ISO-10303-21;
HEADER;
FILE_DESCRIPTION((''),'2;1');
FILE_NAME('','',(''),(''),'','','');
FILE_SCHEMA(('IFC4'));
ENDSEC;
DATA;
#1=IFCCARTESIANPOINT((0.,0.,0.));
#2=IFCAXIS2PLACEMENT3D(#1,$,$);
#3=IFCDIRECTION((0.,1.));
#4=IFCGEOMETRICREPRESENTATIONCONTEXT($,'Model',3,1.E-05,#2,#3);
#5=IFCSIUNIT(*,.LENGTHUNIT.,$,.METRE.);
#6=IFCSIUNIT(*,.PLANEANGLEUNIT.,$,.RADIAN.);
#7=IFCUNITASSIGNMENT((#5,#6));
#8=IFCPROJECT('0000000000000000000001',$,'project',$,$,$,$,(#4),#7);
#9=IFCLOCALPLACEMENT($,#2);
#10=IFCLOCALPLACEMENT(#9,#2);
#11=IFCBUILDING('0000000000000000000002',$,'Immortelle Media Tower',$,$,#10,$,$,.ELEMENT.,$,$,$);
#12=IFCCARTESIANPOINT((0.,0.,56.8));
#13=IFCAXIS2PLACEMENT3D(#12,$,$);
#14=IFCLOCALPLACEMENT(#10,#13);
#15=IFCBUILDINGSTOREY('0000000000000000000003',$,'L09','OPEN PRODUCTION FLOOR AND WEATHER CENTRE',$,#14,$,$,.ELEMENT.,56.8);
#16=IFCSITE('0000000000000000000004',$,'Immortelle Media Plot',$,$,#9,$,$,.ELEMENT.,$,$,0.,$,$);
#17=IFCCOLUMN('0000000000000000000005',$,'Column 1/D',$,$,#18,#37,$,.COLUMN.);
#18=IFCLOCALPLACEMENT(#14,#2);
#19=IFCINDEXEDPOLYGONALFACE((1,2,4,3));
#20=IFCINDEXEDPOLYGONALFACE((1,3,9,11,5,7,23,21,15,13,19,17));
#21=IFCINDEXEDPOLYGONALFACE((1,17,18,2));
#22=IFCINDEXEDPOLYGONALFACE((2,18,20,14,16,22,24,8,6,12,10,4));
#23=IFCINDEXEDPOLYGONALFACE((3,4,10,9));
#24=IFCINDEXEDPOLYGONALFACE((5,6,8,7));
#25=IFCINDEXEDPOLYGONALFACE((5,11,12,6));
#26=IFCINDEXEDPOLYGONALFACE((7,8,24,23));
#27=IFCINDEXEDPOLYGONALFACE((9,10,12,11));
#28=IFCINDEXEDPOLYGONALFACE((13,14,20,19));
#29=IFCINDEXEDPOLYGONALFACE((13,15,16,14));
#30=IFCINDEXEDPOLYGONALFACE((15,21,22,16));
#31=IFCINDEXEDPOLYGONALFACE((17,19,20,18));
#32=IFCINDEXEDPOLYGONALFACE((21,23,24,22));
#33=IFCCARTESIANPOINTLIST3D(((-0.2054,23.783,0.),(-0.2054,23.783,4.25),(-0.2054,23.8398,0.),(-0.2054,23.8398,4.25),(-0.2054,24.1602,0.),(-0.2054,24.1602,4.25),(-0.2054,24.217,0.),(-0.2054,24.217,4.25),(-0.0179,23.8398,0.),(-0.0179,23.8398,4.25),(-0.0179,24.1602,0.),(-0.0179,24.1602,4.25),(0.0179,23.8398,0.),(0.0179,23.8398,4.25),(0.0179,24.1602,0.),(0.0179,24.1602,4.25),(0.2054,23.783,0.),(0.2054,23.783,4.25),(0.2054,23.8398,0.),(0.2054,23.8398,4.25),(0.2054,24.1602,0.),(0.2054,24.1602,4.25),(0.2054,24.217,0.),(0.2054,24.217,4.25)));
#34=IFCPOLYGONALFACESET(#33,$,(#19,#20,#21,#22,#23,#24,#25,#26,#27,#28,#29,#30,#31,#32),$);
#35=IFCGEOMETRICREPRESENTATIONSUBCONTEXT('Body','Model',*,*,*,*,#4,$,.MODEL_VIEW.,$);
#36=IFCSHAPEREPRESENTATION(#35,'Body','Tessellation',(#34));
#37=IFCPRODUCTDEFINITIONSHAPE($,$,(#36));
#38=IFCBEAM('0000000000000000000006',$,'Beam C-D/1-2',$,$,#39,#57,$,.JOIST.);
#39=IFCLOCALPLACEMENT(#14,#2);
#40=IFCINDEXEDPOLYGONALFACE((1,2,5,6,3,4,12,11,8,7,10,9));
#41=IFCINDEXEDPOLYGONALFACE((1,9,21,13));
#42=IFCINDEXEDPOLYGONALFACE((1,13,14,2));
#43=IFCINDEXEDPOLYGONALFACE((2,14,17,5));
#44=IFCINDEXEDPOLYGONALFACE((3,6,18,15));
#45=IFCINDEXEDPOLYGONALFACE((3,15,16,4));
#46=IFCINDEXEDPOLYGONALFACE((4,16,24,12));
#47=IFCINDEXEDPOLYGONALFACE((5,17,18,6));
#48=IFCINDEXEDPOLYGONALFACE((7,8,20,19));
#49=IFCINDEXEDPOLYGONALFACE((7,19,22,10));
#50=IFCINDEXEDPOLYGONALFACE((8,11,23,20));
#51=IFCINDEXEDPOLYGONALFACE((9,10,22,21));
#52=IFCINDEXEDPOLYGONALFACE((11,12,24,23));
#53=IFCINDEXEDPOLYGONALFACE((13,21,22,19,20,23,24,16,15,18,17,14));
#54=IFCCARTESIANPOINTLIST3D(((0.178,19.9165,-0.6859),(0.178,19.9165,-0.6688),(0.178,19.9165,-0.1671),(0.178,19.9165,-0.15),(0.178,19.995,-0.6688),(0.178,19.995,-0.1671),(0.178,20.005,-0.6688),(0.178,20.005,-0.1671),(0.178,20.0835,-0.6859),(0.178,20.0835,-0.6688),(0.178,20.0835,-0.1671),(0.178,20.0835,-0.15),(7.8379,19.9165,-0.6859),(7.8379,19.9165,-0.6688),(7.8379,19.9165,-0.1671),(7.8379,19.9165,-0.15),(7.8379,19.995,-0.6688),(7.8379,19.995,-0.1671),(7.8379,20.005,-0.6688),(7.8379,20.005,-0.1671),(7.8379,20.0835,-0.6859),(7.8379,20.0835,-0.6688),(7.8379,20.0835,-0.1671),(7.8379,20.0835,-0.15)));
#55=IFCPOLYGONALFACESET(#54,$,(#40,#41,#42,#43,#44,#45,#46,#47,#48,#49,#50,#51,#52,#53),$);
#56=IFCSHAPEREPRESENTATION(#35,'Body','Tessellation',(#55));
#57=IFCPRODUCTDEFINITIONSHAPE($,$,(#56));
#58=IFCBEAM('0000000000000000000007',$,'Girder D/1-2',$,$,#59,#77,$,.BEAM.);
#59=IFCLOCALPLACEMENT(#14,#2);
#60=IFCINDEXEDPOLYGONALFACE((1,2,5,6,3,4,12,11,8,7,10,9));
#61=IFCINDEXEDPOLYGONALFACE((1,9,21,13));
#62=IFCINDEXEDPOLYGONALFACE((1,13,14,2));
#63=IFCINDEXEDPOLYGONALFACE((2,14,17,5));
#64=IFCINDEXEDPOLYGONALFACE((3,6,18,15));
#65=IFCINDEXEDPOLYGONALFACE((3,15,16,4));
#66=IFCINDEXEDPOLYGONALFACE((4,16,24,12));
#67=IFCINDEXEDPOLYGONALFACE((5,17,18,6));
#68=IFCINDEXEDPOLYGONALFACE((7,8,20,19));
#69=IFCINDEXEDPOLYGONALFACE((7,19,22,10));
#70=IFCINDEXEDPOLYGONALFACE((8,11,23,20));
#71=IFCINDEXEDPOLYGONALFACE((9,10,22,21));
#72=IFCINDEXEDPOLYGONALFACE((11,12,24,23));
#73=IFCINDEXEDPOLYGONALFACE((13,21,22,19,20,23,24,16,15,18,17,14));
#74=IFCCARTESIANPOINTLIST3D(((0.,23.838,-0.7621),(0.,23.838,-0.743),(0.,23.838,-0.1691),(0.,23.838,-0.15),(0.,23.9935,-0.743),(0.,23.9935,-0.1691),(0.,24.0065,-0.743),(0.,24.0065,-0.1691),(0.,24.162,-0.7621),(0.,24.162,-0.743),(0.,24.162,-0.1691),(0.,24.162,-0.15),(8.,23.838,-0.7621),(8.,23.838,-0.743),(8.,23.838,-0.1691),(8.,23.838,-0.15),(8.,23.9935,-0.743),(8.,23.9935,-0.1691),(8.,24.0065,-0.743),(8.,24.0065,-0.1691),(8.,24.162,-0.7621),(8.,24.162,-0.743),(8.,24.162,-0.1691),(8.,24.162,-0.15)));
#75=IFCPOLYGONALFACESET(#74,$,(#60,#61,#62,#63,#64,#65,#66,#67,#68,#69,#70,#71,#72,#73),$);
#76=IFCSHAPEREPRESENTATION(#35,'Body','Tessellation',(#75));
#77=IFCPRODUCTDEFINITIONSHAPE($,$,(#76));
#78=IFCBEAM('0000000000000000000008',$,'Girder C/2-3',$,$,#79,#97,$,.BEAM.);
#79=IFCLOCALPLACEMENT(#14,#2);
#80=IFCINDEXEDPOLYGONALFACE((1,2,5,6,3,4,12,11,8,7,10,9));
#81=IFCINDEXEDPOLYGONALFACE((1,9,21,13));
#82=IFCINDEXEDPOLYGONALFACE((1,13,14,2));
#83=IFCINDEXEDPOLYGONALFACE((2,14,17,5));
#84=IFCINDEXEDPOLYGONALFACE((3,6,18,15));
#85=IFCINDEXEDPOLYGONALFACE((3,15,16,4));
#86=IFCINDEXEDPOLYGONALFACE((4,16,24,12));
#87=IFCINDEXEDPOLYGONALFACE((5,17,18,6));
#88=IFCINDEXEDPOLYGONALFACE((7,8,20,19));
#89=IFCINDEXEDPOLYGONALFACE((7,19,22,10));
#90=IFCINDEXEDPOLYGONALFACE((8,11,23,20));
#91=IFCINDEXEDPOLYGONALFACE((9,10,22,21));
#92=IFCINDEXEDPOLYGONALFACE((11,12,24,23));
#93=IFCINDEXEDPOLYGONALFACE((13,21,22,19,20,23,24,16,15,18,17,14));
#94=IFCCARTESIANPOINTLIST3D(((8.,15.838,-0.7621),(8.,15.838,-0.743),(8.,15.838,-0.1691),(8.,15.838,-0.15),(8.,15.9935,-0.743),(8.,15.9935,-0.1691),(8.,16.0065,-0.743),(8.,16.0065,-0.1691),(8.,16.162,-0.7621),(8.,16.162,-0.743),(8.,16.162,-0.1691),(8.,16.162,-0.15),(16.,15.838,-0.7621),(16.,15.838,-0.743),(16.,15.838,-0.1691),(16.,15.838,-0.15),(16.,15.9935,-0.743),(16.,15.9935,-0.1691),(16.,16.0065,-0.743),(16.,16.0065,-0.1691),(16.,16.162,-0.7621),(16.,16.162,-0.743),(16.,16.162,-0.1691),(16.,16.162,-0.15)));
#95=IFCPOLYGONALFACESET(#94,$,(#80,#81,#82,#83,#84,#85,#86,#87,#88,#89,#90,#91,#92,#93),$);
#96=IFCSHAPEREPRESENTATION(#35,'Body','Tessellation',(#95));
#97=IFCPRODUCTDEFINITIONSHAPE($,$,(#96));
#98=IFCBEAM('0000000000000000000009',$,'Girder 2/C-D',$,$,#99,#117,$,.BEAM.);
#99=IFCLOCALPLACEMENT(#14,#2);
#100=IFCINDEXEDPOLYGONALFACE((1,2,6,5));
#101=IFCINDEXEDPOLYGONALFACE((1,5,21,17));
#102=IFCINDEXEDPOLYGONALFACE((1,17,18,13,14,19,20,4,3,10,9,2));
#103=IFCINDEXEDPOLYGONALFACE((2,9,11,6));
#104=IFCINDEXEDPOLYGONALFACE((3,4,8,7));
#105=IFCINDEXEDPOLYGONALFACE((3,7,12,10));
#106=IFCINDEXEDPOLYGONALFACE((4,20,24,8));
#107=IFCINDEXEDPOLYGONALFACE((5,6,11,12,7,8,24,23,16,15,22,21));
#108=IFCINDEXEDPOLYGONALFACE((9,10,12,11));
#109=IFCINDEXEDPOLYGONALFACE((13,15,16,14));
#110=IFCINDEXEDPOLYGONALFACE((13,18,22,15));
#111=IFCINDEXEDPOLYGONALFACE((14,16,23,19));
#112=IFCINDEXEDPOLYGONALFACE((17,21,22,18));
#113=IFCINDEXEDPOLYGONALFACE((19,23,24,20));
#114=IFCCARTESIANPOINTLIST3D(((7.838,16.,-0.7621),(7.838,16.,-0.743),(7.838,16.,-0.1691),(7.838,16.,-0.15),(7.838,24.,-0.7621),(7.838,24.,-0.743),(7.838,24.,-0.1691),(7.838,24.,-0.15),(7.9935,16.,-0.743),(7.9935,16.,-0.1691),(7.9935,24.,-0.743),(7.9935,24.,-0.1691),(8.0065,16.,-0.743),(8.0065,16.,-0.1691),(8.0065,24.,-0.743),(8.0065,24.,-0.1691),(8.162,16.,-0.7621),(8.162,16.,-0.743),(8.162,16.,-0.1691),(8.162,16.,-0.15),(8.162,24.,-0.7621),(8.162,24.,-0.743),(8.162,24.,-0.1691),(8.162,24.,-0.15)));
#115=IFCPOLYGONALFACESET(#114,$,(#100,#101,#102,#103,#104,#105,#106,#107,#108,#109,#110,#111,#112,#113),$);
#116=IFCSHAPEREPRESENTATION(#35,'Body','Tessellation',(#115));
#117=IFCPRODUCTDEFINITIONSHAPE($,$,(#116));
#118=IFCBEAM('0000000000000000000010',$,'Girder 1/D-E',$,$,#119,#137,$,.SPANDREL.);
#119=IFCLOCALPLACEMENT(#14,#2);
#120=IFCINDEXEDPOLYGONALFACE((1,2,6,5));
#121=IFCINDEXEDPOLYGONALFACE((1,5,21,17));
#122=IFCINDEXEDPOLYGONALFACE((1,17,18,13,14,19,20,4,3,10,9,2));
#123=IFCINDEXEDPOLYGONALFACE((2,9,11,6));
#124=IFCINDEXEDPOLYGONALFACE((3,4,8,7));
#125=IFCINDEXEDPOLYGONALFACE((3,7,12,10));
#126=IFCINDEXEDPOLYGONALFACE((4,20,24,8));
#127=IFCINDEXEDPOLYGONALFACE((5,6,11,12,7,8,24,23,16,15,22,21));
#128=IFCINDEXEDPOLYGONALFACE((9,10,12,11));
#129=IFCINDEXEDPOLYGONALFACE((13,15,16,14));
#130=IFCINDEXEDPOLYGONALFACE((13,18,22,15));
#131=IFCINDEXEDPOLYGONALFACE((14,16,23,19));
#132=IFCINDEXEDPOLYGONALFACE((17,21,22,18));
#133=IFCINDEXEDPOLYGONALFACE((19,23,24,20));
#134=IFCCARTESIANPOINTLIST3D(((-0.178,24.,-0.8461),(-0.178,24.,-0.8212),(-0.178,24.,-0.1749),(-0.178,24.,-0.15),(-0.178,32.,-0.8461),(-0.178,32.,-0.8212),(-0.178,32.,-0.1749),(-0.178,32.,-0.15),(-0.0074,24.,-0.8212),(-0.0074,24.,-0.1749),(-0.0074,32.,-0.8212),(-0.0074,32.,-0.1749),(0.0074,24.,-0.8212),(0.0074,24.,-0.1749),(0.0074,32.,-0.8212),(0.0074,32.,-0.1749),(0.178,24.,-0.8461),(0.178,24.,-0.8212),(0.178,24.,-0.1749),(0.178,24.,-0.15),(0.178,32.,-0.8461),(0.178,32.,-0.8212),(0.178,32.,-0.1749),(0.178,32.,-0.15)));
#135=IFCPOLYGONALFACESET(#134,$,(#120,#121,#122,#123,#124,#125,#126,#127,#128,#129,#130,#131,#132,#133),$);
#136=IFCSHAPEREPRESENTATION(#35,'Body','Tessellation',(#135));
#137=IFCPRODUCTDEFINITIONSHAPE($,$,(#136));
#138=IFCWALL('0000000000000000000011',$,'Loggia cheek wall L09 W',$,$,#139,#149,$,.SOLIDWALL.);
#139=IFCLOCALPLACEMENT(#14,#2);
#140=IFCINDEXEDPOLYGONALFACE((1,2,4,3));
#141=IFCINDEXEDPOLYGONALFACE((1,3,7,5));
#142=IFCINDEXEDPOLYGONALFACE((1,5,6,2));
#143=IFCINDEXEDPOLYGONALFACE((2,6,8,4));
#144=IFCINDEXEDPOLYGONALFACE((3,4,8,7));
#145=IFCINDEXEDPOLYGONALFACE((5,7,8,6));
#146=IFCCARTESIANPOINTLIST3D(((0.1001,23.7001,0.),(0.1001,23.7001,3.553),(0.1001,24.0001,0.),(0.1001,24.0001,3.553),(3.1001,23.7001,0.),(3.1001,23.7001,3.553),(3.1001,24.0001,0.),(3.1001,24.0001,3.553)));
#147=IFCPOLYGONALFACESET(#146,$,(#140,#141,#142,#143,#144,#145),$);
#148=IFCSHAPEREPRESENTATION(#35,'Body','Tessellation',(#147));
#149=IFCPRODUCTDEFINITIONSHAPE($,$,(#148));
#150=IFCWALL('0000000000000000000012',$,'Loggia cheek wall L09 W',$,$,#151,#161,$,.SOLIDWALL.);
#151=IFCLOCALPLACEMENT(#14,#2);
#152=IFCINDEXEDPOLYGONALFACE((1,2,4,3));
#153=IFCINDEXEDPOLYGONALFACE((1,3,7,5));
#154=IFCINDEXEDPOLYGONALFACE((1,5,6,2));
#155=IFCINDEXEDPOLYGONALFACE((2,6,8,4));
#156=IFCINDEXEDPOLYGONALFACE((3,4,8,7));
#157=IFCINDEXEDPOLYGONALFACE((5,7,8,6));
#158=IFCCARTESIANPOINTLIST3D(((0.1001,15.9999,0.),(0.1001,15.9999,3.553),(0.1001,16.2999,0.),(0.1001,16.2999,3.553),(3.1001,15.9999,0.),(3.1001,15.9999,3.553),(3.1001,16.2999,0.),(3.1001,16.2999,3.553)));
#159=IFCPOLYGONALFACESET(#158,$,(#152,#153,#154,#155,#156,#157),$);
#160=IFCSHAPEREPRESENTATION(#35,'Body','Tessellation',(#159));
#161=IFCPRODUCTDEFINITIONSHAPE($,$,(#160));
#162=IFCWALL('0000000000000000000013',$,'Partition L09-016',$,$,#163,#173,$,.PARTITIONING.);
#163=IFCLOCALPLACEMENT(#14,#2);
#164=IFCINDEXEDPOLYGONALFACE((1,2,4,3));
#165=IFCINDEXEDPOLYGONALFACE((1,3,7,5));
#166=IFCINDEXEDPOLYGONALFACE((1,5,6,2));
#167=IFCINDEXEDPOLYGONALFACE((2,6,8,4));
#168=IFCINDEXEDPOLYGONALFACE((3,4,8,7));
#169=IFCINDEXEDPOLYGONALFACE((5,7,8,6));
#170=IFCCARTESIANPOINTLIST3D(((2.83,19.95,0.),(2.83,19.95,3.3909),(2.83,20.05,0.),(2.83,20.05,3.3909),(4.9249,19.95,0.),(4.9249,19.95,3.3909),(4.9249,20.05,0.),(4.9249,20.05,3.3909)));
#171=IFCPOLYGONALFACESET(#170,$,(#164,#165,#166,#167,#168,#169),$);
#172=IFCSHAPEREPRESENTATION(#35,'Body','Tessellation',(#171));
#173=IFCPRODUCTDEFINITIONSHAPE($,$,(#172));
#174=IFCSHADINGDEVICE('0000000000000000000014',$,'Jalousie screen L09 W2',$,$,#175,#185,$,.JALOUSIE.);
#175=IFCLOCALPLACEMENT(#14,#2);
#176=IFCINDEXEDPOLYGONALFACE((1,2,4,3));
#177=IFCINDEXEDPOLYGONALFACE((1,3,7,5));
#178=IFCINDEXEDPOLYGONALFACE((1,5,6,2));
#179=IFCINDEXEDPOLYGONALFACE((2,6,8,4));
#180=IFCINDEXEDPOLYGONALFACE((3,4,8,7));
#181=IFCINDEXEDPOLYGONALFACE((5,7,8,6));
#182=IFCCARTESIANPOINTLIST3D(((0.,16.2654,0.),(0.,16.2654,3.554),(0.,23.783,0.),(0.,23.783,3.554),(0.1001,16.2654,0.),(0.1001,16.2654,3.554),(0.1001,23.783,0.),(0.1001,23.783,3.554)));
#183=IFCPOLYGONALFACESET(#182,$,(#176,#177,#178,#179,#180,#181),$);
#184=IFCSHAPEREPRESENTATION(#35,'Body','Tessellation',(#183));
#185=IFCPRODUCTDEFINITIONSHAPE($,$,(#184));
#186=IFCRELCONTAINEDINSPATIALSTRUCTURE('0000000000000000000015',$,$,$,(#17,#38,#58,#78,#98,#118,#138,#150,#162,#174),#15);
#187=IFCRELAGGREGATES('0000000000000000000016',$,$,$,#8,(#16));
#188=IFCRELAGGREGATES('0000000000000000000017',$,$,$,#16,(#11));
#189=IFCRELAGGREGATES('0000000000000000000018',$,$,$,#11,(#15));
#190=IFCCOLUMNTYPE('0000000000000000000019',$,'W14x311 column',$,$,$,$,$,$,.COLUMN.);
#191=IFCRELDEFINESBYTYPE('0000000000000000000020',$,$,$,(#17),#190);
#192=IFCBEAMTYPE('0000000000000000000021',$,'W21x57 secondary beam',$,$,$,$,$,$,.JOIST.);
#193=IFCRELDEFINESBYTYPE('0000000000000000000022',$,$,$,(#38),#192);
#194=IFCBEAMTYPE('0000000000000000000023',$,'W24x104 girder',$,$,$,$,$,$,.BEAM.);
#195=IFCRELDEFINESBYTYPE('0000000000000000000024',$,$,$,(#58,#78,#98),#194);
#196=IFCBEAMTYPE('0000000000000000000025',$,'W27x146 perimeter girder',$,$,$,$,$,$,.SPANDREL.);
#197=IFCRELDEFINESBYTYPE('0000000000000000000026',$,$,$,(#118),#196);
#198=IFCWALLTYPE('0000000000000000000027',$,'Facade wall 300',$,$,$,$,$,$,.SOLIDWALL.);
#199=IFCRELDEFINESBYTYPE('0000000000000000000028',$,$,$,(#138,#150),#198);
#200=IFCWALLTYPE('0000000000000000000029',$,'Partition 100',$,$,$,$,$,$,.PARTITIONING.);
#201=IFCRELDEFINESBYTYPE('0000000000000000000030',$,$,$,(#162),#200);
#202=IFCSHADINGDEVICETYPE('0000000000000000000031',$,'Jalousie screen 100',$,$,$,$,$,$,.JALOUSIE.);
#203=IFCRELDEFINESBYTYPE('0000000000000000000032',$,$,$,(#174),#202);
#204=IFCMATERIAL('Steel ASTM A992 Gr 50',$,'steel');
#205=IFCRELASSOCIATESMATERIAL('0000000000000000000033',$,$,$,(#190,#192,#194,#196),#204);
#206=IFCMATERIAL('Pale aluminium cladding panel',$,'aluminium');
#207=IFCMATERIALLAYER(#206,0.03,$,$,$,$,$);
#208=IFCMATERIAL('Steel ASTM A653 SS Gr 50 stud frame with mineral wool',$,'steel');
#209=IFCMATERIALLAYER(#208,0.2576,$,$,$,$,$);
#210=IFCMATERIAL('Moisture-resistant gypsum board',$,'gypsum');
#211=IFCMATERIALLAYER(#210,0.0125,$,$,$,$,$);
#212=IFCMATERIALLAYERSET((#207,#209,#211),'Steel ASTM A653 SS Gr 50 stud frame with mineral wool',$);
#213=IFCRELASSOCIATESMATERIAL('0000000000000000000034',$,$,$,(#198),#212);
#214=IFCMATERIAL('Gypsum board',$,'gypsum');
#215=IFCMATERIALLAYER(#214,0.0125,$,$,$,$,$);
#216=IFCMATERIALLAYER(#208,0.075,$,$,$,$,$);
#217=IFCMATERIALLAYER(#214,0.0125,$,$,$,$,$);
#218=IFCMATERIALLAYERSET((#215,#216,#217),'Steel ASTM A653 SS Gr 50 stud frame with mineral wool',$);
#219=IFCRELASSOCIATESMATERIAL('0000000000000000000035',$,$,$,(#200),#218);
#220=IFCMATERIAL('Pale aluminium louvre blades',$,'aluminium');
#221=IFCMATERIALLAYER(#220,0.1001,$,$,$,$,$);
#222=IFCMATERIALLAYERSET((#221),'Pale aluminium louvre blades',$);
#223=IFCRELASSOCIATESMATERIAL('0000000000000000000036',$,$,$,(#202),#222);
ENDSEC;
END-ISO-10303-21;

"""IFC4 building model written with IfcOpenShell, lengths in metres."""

from ifc_helpers import new_model, si_unit, direction, frame, frame_2d, origin, origin_2d, place, context, subcontext, project, spatial, rectangle, i_section, extrude, material, layer, layer_set, material_profile, profile_set, type_object, element, save


model = new_model("IFC4")

# Units and contexts
model_context = context("Model", 3, precision=1e-05, world=origin(), true_north=direction((0.0, 1.0)))
body_context = subcontext(model_context, "Body", "Model", "MODEL_VIEW")
ifc_project = project(units=[si_unit("LENGTHUNIT", "METRE"), si_unit("PLANEANGLEUNIT", "RADIAN")], contexts=[model_context])

# Site, building, storey
site_placement = place(None, origin())
site = spatial("IfcSite", under=ifc_project, at=site_placement, Name="Immortelle Media Plot", CompositionType="ELEMENT", RefElevation=0.0)
building_placement = place(site_placement, origin())
building = spatial("IfcBuilding", under=site, at=building_placement, Name="Immortelle Media Tower", CompositionType="ELEMENT")
storey_placement = place(building_placement, frame((0.0, 0.0, 56.8)))
storey = spatial("IfcBuildingStorey", under=building, at=storey_placement, Name="L09", Description="OPEN PRODUCTION FLOOR AND WEATHER CENTRE", CompositionType="ELEMENT", Elevation=56.8)

# Column
ifc_material_1 = material(Name="Steel ASTM A992 Gr 50", Category="steel")
ifc_material_profile_1 = material_profile(ifc_material_1, i_section(OverallWidth=0.4109, OverallDepth=0.4341, WebThickness=0.0359, FlangeThickness=0.0569, at=origin_2d()), Name="W14x311")
ifc_profile_set_1 = profile_set([ifc_material_profile_1], Name="Steel ASTM A992 Gr 50")
column_type = type_object("IfcColumnType", Name="W14x311 column", PredefinedType="COLUMN", material=ifc_profile_set_1)
column_placement = place(storey_placement, frame((0.0, 24.0, 0.0), z_axis=(0.0, 0.0, 1.0), x_axis=(1.0, 0.0, 0.0)))
element("IfcColumn", 1, at=column_placement, inside=storey, type_object=column_type, Name="Column 1/D", PredefinedType="COLUMN", context=body_context, shape_type="SweptSolid", body=[
    extrude(i_section(OverallWidth=0.4109, OverallDepth=0.4341, WebThickness=0.0359, FlangeThickness=0.0569, at=origin_2d()), origin(), (0.0, 0.0, 1.0), 4.25),
])

# Beams
ifc_material_profile_2 = material_profile(ifc_material_1, i_section(OverallWidth=0.167, OverallDepth=0.5359, WebThickness=0.01, FlangeThickness=0.0171, at=origin_2d()), Name="W21x57")
ifc_profile_set_2 = profile_set([ifc_material_profile_2], Name="Steel ASTM A992 Gr 50")
beam_type_1 = type_object("IfcBeamType", Name="W21x57 secondary beam", PredefinedType="JOIST", material=ifc_profile_set_2)
beam_1_placement = place(storey_placement, frame((0.178, 20.0, -0.418), z_axis=(1.0, 0.0, 0.0), x_axis=(0.0, 1.0, 0.0)))
element("IfcBeam", 2, at=beam_1_placement, inside=storey, type_object=beam_type_1, Name="Beam C-D/1-2", PredefinedType="JOIST", context=body_context, shape_type="SweptSolid", body=[
    extrude(i_section(OverallWidth=0.167, OverallDepth=0.5359, WebThickness=0.01, FlangeThickness=0.0171, at=origin_2d()), origin(), (0.0, 0.0, 1.0), 7.6599),
])
ifc_material_profile_3 = material_profile(ifc_material_1, i_section(OverallWidth=0.324, OverallDepth=0.6121, WebThickness=0.0129, FlangeThickness=0.019, at=origin_2d()), Name="W24x104")
ifc_profile_set_3 = profile_set([ifc_material_profile_3], Name="Steel ASTM A992 Gr 50")
beam_type_2 = type_object("IfcBeamType", Name="W24x104 girder", PredefinedType="BEAM", material=ifc_profile_set_3)
for number, where, z_axis, x_axis, name in (
    (3, (0.0, 24.0, -0.4561), (1.0, 0.0, 0.0), (0.0, 1.0, 0.0), "Girder D/1-2"),
    (4, (8.0, 16.0, -0.4561), (1.0, 0.0, 0.0), (0.0, 1.0, 0.0), "Girder C/2-3"),
    (5, (8.0, 16.0, -0.4561), (0.0, 1.0, 0.0), (-1.0, 0.0, 0.0), "Girder 2/C-D"),
):
    element("IfcBeam", number, at=place(storey_placement, frame(where, z_axis=z_axis, x_axis=x_axis)), inside=storey, type_object=beam_type_2, Name=name, PredefinedType="BEAM", context=body_context, shape_type="SweptSolid", body=[
        extrude(i_section(OverallWidth=0.324, OverallDepth=0.6121, WebThickness=0.0129, FlangeThickness=0.019, at=origin_2d()), origin(), (0.0, 0.0, 1.0), 8.0),
    ])
ifc_material_profile_4 = material_profile(ifc_material_1, i_section(OverallWidth=0.356, OverallDepth=0.696, WebThickness=0.0149, FlangeThickness=0.0249, at=origin_2d()), Name="W27x146")
ifc_profile_set_4 = profile_set([ifc_material_profile_4], Name="Steel ASTM A992 Gr 50")
beam_type_3 = type_object("IfcBeamType", Name="W27x146 perimeter girder", PredefinedType="SPANDREL", material=ifc_profile_set_4)
beam_2_placement = place(storey_placement, frame((0.0, 24.0, -0.498), z_axis=(0.0, 1.0, 0.0), x_axis=(-1.0, 0.0, 0.0)))
element("IfcBeam", 6, at=beam_2_placement, inside=storey, type_object=beam_type_3, Name="Girder 1/D-E", PredefinedType="SPANDREL", context=body_context, shape_type="SweptSolid", body=[
    extrude(i_section(OverallWidth=0.356, OverallDepth=0.696, WebThickness=0.0149, FlangeThickness=0.0249, at=origin_2d()), origin(), (0.0, 0.0, 1.0), 8.0),
])

# Shared definitions
ifc_material_2 = material(Name="Pale aluminium cladding panel", Category="aluminium")
ifc_layer_1 = layer(ifc_material_2, 0.03)
ifc_material_3 = material(Name="Steel ASTM A653 SS Gr 50 stud frame with mineral wool", Category="steel")
ifc_layer_2 = layer(ifc_material_3, 0.2576)
ifc_material_4 = material(Name="Moisture-resistant gypsum board", Category="gypsum")
ifc_layer_3 = layer(ifc_material_4, 0.0125)
ifc_layer_set_1 = layer_set([ifc_layer_1, ifc_layer_2, ifc_layer_3], Name="Steel ASTM A653 SS Gr 50 stud frame with mineral wool")
wall_type_1 = type_object("IfcWallType", Name="Facade wall 300", PredefinedType="SOLIDWALL", material=ifc_layer_set_1)

# Walls
for number, where, z_axis, x_axis, name in (
    (7, (0.1001, 23.8501, 0.0), (0.0, 0.0, 1.0), (1.0, 0.0, 0.0), "Loggia cheek wall L09 W"),
    (8, (0.1001, 16.1499, 0.0), (0.0, 0.0, 1.0), (1.0, 0.0, 0.0), "Loggia cheek wall L09 W"),
):
    element("IfcWall", number, at=place(storey_placement, frame(where, z_axis=z_axis, x_axis=x_axis)), inside=storey, type_object=wall_type_1, Name=name, PredefinedType="SOLIDWALL", context=body_context, shape_type="SweptSolid", body=[
        extrude(rectangle(XDim=3.0, YDim=0.3, at=frame_2d((1.5, 0.0))), origin(), (0.0, 0.0, 1.0), 3.553),
    ])
ifc_material_5 = material(Name="Gypsum board", Category="gypsum")
ifc_layer_4 = layer(ifc_material_5, 0.0125)
ifc_layer_5 = layer(ifc_material_3, 0.075)
ifc_layer_6 = layer(ifc_material_5, 0.0125)
ifc_layer_set_2 = layer_set([ifc_layer_4, ifc_layer_5, ifc_layer_6], Name="Steel ASTM A653 SS Gr 50 stud frame with mineral wool")
wall_type_2 = type_object("IfcWallType", Name="Partition 100", PredefinedType="PARTITIONING", material=ifc_layer_set_2)
wall_1_placement = place(storey_placement, frame((2.8301, 20.0, 0.0), z_axis=(0.0, 0.0, 1.0), x_axis=(1.0, 0.0, 0.0)))
element("IfcWall", 9, at=wall_1_placement, inside=storey, type_object=wall_type_2, Name="Partition L09-016", PredefinedType="PARTITIONING", context=body_context, shape_type="SweptSolid", body=[
    extrude(rectangle(XDim=2.095, YDim=0.1001, at=frame_2d((1.0474, 0.0))), origin(), (0.0, 0.0, 1.0), 3.3909),
])

# Shading device
ifc_material_6 = material(Name="Pale aluminium louvre blades", Category="aluminium")
ifc_layer_7 = layer(ifc_material_6, 0.1001)
ifc_layer_set_3 = layer_set([ifc_layer_7], Name="Pale aluminium louvre blades")
shading_device_type_1 = type_object("IfcShadingDeviceType", Name="Jalousie screen 100", PredefinedType="JALOUSIE", material=ifc_layer_set_3)
shading_device_1_placement = place(storey_placement, frame((0.05, 20.0242, 0.0), z_axis=(0.0, 0.0, 1.0), x_axis=(0.0, -1.0, 0.0)))
element("IfcShadingDevice", 10, at=shading_device_1_placement, inside=storey, type_object=shading_device_type_1, Name="Jalousie screen L09 W2", PredefinedType="JALOUSIE", context=body_context, shape_type="SweptSolid", body=[
    extrude(rectangle(XDim=7.5176, YDim=0.1001, at=origin_2d()), origin(), (0.0, 0.0, 1.0), 3.554),
])

save(model, "model.ifc")
